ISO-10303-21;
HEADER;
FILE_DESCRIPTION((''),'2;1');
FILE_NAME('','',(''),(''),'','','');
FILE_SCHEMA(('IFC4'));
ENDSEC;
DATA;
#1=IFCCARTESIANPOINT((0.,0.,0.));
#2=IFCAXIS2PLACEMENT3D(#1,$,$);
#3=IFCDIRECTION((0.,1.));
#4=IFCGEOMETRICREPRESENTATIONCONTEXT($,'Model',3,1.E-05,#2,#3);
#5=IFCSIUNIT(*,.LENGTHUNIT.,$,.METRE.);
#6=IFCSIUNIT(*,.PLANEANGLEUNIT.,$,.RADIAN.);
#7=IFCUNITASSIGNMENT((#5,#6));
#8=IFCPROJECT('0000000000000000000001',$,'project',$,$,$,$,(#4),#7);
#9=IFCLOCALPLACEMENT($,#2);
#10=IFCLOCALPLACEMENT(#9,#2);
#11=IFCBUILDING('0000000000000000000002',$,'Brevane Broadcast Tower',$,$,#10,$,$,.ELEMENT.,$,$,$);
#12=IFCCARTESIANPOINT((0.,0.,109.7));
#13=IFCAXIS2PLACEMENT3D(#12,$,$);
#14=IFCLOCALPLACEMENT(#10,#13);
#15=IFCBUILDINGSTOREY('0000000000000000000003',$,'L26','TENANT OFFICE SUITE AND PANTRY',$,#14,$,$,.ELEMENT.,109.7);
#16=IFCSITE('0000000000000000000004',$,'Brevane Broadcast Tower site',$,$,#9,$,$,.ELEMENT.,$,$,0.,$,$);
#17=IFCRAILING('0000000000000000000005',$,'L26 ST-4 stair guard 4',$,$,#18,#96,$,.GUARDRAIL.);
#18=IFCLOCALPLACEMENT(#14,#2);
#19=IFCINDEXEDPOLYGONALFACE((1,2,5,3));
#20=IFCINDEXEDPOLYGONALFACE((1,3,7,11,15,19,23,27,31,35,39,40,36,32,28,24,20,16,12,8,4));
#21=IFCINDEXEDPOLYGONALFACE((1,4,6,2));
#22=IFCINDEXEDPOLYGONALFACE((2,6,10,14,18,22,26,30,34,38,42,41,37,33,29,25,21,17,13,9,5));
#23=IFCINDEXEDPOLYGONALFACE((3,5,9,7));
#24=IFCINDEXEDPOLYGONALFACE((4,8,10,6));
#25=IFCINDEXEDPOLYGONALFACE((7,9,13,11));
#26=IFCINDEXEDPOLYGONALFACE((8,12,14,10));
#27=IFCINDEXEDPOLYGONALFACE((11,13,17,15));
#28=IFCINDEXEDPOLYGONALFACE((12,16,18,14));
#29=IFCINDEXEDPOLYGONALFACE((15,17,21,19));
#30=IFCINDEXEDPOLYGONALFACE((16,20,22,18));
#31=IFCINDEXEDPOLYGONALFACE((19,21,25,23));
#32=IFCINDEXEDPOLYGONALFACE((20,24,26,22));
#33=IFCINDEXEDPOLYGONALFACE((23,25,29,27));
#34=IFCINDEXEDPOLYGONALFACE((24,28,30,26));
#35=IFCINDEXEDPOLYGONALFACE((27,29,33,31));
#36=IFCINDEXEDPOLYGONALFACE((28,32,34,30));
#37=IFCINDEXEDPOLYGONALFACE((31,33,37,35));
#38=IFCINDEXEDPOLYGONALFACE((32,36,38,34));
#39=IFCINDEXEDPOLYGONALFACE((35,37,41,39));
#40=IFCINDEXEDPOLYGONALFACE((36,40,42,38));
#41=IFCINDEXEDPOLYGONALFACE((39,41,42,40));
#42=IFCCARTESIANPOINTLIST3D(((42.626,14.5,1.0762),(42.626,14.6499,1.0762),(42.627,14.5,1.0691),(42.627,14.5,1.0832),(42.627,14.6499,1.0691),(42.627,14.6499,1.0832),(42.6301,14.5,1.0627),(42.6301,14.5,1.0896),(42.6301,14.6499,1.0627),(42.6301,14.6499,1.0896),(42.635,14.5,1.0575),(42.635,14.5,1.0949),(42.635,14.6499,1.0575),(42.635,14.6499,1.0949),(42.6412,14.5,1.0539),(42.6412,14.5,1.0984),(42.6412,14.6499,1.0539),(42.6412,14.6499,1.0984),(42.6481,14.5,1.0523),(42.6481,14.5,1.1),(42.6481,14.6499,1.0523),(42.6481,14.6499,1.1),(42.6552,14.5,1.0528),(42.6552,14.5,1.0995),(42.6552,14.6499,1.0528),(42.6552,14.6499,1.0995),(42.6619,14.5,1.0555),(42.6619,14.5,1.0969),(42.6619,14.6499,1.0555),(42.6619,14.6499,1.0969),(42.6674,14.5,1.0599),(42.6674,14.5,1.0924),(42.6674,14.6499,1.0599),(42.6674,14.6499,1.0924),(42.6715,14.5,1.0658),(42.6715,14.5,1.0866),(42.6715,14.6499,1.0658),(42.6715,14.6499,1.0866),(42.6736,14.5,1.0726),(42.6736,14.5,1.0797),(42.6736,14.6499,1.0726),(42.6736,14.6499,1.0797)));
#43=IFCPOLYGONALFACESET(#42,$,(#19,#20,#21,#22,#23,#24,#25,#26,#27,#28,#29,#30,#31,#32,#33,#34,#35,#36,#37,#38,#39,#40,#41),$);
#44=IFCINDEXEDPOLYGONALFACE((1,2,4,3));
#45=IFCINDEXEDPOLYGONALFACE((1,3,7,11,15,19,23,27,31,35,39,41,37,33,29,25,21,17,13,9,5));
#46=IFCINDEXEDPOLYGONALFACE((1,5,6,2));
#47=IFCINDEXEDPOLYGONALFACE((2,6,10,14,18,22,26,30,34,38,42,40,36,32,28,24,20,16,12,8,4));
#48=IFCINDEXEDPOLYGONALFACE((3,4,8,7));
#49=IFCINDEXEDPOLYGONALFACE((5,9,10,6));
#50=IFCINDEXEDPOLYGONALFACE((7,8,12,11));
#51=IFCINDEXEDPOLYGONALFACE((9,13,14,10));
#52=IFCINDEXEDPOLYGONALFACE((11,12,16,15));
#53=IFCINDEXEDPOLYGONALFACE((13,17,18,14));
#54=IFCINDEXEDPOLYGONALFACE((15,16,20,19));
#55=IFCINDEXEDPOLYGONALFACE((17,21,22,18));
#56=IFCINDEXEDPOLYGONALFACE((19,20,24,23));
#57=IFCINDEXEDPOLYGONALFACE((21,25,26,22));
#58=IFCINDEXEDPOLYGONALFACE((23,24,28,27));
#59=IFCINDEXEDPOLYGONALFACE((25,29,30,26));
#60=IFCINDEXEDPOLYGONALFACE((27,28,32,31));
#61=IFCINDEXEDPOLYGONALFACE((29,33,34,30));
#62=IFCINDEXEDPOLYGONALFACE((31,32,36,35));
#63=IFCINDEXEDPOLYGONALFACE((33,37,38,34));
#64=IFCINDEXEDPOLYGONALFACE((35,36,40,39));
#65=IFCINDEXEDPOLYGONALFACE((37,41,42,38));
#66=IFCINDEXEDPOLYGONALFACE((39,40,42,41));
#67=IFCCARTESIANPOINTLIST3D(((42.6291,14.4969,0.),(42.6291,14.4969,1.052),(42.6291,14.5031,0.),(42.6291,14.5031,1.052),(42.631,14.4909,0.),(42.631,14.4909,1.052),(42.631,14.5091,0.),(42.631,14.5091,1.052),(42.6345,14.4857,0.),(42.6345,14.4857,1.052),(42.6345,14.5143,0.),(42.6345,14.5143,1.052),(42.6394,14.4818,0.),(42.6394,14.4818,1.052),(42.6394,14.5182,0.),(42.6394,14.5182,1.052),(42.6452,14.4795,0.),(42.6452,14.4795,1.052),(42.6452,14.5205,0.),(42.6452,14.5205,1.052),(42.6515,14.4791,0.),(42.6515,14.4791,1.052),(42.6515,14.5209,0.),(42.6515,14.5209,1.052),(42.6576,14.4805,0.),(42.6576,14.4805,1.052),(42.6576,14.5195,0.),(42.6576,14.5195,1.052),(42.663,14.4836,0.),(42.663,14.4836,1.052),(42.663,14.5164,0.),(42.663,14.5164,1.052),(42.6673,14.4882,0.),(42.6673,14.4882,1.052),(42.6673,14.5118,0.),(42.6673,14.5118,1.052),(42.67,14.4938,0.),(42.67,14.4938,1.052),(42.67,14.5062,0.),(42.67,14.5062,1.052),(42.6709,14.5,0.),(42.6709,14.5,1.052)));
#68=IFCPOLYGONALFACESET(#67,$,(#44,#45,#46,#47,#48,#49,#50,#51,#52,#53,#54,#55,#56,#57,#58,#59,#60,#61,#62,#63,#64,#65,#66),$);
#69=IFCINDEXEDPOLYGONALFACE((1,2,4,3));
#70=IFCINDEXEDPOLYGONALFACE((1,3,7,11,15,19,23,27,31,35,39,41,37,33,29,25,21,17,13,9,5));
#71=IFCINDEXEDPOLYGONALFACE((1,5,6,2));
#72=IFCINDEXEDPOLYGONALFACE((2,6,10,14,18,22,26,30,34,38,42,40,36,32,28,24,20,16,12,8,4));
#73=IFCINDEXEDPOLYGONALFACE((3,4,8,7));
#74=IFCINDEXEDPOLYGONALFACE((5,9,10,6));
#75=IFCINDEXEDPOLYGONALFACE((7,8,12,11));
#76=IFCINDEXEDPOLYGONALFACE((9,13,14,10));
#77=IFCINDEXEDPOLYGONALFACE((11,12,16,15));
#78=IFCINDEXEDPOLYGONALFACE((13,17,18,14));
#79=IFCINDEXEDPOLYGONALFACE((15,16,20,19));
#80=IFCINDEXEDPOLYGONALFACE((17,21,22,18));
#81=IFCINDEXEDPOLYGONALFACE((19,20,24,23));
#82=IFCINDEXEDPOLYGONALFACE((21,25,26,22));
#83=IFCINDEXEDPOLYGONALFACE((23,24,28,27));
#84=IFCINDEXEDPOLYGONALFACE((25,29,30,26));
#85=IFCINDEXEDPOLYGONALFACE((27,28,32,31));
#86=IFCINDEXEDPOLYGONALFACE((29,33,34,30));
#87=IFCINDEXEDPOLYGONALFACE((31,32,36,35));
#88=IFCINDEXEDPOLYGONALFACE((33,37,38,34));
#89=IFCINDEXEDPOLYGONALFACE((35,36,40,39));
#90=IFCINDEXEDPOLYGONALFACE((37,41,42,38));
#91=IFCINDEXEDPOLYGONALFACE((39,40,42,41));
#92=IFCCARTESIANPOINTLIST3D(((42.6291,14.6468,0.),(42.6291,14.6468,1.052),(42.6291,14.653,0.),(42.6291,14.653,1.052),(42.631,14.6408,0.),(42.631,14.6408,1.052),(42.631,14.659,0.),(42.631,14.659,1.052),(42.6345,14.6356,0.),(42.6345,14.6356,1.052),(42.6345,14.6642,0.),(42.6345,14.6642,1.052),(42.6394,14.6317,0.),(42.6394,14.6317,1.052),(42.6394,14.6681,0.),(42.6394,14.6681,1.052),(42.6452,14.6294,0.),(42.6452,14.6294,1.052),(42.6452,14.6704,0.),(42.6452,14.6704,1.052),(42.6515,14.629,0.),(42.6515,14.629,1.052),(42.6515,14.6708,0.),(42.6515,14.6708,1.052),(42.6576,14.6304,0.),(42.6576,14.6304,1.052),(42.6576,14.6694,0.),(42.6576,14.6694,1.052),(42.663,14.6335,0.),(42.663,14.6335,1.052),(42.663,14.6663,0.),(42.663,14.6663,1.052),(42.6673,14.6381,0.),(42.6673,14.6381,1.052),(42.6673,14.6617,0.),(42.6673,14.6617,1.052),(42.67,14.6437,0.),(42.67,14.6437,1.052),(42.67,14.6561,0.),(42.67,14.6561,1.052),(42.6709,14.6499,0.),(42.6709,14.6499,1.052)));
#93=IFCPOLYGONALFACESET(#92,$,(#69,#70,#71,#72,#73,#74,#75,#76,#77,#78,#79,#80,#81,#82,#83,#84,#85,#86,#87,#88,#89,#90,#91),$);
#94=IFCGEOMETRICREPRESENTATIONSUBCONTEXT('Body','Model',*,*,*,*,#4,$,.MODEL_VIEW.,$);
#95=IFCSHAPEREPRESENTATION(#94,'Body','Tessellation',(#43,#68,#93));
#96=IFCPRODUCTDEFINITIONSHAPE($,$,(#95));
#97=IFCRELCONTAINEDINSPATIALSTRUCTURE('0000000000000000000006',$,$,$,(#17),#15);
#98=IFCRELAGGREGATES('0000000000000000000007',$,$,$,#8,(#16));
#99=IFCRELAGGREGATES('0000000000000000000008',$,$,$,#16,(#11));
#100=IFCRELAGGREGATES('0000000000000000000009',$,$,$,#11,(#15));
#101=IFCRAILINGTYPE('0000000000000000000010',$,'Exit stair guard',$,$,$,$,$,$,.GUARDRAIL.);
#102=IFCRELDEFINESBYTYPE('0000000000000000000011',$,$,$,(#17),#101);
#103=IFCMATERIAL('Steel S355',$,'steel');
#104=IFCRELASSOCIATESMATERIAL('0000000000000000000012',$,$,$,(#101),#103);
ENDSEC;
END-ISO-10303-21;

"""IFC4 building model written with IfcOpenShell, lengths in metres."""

from ifc_helpers import new_model, si_unit, direction, frame, origin, origin_2d, place, context, subcontext, project, spatial, circle, extrude, material, type_object, element, save


model = new_model("IFC4")

# Units and contexts
model_context = context("Model", 3, precision=1e-05, world=origin(), true_north=direction((0.0, 1.0)))
body_context = subcontext(model_context, "Body", "Model", "MODEL_VIEW")
ifc_project = project(units=[si_unit("LENGTHUNIT", "METRE"), si_unit("PLANEANGLEUNIT", "RADIAN")], contexts=[model_context])

# Site, building, storey
site_placement = place(None, origin())
site = spatial("IfcSite", under=ifc_project, at=site_placement, Name="Brevane Broadcast Tower site", CompositionType="ELEMENT", RefElevation=0.0)
building_placement = place(site_placement, origin())
building = spatial("IfcBuilding", under=site, at=building_placement, Name="Brevane Broadcast Tower", CompositionType="ELEMENT")
storey_placement = place(building_placement, frame((0.0, 0.0, 109.7)))
storey = spatial("IfcBuildingStorey", under=building, at=storey_placement, Name="L26", Description="TENANT OFFICE SUITE AND PANTRY", CompositionType="ELEMENT", Elevation=109.7)

# Railing
ifc_material_1 = material(Name="Steel S355", Category="steel")
railing_type_1 = type_object("IfcRailingType", Name="Exit stair guard", PredefinedType="GUARDRAIL", material=ifc_material_1)
railing_1_placement = place(storey_placement, frame((42.6499, 14.5, 0.0)))
element("IfcRailing", 1, at=railing_1_placement, inside=storey, type_object=railing_type_1, Name="L26 ST-4 stair guard 4", PredefinedType="GUARDRAIL", context=body_context, shape_type="SweptSolid", body=[
    extrude(circle(Radius=0.0239, at=origin_2d()), frame((0.0, 0.0, 1.0762), z_axis=(0.0, 1.0, 0.0), x_axis=(-1.0, 0.0, 0.0)), (0.0, 0.0, 1.0), 0.1499),
    extrude(circle(Radius=0.021, at=origin_2d()), origin(), (0.0, 0.0, 1.0), 1.052),
    extrude(circle(Radius=0.021, at=origin_2d()), frame((0.0, 0.1499, 0.0)), (0.0, 0.0, 1.0), 1.052),
])

save(model, "model.ifc")
